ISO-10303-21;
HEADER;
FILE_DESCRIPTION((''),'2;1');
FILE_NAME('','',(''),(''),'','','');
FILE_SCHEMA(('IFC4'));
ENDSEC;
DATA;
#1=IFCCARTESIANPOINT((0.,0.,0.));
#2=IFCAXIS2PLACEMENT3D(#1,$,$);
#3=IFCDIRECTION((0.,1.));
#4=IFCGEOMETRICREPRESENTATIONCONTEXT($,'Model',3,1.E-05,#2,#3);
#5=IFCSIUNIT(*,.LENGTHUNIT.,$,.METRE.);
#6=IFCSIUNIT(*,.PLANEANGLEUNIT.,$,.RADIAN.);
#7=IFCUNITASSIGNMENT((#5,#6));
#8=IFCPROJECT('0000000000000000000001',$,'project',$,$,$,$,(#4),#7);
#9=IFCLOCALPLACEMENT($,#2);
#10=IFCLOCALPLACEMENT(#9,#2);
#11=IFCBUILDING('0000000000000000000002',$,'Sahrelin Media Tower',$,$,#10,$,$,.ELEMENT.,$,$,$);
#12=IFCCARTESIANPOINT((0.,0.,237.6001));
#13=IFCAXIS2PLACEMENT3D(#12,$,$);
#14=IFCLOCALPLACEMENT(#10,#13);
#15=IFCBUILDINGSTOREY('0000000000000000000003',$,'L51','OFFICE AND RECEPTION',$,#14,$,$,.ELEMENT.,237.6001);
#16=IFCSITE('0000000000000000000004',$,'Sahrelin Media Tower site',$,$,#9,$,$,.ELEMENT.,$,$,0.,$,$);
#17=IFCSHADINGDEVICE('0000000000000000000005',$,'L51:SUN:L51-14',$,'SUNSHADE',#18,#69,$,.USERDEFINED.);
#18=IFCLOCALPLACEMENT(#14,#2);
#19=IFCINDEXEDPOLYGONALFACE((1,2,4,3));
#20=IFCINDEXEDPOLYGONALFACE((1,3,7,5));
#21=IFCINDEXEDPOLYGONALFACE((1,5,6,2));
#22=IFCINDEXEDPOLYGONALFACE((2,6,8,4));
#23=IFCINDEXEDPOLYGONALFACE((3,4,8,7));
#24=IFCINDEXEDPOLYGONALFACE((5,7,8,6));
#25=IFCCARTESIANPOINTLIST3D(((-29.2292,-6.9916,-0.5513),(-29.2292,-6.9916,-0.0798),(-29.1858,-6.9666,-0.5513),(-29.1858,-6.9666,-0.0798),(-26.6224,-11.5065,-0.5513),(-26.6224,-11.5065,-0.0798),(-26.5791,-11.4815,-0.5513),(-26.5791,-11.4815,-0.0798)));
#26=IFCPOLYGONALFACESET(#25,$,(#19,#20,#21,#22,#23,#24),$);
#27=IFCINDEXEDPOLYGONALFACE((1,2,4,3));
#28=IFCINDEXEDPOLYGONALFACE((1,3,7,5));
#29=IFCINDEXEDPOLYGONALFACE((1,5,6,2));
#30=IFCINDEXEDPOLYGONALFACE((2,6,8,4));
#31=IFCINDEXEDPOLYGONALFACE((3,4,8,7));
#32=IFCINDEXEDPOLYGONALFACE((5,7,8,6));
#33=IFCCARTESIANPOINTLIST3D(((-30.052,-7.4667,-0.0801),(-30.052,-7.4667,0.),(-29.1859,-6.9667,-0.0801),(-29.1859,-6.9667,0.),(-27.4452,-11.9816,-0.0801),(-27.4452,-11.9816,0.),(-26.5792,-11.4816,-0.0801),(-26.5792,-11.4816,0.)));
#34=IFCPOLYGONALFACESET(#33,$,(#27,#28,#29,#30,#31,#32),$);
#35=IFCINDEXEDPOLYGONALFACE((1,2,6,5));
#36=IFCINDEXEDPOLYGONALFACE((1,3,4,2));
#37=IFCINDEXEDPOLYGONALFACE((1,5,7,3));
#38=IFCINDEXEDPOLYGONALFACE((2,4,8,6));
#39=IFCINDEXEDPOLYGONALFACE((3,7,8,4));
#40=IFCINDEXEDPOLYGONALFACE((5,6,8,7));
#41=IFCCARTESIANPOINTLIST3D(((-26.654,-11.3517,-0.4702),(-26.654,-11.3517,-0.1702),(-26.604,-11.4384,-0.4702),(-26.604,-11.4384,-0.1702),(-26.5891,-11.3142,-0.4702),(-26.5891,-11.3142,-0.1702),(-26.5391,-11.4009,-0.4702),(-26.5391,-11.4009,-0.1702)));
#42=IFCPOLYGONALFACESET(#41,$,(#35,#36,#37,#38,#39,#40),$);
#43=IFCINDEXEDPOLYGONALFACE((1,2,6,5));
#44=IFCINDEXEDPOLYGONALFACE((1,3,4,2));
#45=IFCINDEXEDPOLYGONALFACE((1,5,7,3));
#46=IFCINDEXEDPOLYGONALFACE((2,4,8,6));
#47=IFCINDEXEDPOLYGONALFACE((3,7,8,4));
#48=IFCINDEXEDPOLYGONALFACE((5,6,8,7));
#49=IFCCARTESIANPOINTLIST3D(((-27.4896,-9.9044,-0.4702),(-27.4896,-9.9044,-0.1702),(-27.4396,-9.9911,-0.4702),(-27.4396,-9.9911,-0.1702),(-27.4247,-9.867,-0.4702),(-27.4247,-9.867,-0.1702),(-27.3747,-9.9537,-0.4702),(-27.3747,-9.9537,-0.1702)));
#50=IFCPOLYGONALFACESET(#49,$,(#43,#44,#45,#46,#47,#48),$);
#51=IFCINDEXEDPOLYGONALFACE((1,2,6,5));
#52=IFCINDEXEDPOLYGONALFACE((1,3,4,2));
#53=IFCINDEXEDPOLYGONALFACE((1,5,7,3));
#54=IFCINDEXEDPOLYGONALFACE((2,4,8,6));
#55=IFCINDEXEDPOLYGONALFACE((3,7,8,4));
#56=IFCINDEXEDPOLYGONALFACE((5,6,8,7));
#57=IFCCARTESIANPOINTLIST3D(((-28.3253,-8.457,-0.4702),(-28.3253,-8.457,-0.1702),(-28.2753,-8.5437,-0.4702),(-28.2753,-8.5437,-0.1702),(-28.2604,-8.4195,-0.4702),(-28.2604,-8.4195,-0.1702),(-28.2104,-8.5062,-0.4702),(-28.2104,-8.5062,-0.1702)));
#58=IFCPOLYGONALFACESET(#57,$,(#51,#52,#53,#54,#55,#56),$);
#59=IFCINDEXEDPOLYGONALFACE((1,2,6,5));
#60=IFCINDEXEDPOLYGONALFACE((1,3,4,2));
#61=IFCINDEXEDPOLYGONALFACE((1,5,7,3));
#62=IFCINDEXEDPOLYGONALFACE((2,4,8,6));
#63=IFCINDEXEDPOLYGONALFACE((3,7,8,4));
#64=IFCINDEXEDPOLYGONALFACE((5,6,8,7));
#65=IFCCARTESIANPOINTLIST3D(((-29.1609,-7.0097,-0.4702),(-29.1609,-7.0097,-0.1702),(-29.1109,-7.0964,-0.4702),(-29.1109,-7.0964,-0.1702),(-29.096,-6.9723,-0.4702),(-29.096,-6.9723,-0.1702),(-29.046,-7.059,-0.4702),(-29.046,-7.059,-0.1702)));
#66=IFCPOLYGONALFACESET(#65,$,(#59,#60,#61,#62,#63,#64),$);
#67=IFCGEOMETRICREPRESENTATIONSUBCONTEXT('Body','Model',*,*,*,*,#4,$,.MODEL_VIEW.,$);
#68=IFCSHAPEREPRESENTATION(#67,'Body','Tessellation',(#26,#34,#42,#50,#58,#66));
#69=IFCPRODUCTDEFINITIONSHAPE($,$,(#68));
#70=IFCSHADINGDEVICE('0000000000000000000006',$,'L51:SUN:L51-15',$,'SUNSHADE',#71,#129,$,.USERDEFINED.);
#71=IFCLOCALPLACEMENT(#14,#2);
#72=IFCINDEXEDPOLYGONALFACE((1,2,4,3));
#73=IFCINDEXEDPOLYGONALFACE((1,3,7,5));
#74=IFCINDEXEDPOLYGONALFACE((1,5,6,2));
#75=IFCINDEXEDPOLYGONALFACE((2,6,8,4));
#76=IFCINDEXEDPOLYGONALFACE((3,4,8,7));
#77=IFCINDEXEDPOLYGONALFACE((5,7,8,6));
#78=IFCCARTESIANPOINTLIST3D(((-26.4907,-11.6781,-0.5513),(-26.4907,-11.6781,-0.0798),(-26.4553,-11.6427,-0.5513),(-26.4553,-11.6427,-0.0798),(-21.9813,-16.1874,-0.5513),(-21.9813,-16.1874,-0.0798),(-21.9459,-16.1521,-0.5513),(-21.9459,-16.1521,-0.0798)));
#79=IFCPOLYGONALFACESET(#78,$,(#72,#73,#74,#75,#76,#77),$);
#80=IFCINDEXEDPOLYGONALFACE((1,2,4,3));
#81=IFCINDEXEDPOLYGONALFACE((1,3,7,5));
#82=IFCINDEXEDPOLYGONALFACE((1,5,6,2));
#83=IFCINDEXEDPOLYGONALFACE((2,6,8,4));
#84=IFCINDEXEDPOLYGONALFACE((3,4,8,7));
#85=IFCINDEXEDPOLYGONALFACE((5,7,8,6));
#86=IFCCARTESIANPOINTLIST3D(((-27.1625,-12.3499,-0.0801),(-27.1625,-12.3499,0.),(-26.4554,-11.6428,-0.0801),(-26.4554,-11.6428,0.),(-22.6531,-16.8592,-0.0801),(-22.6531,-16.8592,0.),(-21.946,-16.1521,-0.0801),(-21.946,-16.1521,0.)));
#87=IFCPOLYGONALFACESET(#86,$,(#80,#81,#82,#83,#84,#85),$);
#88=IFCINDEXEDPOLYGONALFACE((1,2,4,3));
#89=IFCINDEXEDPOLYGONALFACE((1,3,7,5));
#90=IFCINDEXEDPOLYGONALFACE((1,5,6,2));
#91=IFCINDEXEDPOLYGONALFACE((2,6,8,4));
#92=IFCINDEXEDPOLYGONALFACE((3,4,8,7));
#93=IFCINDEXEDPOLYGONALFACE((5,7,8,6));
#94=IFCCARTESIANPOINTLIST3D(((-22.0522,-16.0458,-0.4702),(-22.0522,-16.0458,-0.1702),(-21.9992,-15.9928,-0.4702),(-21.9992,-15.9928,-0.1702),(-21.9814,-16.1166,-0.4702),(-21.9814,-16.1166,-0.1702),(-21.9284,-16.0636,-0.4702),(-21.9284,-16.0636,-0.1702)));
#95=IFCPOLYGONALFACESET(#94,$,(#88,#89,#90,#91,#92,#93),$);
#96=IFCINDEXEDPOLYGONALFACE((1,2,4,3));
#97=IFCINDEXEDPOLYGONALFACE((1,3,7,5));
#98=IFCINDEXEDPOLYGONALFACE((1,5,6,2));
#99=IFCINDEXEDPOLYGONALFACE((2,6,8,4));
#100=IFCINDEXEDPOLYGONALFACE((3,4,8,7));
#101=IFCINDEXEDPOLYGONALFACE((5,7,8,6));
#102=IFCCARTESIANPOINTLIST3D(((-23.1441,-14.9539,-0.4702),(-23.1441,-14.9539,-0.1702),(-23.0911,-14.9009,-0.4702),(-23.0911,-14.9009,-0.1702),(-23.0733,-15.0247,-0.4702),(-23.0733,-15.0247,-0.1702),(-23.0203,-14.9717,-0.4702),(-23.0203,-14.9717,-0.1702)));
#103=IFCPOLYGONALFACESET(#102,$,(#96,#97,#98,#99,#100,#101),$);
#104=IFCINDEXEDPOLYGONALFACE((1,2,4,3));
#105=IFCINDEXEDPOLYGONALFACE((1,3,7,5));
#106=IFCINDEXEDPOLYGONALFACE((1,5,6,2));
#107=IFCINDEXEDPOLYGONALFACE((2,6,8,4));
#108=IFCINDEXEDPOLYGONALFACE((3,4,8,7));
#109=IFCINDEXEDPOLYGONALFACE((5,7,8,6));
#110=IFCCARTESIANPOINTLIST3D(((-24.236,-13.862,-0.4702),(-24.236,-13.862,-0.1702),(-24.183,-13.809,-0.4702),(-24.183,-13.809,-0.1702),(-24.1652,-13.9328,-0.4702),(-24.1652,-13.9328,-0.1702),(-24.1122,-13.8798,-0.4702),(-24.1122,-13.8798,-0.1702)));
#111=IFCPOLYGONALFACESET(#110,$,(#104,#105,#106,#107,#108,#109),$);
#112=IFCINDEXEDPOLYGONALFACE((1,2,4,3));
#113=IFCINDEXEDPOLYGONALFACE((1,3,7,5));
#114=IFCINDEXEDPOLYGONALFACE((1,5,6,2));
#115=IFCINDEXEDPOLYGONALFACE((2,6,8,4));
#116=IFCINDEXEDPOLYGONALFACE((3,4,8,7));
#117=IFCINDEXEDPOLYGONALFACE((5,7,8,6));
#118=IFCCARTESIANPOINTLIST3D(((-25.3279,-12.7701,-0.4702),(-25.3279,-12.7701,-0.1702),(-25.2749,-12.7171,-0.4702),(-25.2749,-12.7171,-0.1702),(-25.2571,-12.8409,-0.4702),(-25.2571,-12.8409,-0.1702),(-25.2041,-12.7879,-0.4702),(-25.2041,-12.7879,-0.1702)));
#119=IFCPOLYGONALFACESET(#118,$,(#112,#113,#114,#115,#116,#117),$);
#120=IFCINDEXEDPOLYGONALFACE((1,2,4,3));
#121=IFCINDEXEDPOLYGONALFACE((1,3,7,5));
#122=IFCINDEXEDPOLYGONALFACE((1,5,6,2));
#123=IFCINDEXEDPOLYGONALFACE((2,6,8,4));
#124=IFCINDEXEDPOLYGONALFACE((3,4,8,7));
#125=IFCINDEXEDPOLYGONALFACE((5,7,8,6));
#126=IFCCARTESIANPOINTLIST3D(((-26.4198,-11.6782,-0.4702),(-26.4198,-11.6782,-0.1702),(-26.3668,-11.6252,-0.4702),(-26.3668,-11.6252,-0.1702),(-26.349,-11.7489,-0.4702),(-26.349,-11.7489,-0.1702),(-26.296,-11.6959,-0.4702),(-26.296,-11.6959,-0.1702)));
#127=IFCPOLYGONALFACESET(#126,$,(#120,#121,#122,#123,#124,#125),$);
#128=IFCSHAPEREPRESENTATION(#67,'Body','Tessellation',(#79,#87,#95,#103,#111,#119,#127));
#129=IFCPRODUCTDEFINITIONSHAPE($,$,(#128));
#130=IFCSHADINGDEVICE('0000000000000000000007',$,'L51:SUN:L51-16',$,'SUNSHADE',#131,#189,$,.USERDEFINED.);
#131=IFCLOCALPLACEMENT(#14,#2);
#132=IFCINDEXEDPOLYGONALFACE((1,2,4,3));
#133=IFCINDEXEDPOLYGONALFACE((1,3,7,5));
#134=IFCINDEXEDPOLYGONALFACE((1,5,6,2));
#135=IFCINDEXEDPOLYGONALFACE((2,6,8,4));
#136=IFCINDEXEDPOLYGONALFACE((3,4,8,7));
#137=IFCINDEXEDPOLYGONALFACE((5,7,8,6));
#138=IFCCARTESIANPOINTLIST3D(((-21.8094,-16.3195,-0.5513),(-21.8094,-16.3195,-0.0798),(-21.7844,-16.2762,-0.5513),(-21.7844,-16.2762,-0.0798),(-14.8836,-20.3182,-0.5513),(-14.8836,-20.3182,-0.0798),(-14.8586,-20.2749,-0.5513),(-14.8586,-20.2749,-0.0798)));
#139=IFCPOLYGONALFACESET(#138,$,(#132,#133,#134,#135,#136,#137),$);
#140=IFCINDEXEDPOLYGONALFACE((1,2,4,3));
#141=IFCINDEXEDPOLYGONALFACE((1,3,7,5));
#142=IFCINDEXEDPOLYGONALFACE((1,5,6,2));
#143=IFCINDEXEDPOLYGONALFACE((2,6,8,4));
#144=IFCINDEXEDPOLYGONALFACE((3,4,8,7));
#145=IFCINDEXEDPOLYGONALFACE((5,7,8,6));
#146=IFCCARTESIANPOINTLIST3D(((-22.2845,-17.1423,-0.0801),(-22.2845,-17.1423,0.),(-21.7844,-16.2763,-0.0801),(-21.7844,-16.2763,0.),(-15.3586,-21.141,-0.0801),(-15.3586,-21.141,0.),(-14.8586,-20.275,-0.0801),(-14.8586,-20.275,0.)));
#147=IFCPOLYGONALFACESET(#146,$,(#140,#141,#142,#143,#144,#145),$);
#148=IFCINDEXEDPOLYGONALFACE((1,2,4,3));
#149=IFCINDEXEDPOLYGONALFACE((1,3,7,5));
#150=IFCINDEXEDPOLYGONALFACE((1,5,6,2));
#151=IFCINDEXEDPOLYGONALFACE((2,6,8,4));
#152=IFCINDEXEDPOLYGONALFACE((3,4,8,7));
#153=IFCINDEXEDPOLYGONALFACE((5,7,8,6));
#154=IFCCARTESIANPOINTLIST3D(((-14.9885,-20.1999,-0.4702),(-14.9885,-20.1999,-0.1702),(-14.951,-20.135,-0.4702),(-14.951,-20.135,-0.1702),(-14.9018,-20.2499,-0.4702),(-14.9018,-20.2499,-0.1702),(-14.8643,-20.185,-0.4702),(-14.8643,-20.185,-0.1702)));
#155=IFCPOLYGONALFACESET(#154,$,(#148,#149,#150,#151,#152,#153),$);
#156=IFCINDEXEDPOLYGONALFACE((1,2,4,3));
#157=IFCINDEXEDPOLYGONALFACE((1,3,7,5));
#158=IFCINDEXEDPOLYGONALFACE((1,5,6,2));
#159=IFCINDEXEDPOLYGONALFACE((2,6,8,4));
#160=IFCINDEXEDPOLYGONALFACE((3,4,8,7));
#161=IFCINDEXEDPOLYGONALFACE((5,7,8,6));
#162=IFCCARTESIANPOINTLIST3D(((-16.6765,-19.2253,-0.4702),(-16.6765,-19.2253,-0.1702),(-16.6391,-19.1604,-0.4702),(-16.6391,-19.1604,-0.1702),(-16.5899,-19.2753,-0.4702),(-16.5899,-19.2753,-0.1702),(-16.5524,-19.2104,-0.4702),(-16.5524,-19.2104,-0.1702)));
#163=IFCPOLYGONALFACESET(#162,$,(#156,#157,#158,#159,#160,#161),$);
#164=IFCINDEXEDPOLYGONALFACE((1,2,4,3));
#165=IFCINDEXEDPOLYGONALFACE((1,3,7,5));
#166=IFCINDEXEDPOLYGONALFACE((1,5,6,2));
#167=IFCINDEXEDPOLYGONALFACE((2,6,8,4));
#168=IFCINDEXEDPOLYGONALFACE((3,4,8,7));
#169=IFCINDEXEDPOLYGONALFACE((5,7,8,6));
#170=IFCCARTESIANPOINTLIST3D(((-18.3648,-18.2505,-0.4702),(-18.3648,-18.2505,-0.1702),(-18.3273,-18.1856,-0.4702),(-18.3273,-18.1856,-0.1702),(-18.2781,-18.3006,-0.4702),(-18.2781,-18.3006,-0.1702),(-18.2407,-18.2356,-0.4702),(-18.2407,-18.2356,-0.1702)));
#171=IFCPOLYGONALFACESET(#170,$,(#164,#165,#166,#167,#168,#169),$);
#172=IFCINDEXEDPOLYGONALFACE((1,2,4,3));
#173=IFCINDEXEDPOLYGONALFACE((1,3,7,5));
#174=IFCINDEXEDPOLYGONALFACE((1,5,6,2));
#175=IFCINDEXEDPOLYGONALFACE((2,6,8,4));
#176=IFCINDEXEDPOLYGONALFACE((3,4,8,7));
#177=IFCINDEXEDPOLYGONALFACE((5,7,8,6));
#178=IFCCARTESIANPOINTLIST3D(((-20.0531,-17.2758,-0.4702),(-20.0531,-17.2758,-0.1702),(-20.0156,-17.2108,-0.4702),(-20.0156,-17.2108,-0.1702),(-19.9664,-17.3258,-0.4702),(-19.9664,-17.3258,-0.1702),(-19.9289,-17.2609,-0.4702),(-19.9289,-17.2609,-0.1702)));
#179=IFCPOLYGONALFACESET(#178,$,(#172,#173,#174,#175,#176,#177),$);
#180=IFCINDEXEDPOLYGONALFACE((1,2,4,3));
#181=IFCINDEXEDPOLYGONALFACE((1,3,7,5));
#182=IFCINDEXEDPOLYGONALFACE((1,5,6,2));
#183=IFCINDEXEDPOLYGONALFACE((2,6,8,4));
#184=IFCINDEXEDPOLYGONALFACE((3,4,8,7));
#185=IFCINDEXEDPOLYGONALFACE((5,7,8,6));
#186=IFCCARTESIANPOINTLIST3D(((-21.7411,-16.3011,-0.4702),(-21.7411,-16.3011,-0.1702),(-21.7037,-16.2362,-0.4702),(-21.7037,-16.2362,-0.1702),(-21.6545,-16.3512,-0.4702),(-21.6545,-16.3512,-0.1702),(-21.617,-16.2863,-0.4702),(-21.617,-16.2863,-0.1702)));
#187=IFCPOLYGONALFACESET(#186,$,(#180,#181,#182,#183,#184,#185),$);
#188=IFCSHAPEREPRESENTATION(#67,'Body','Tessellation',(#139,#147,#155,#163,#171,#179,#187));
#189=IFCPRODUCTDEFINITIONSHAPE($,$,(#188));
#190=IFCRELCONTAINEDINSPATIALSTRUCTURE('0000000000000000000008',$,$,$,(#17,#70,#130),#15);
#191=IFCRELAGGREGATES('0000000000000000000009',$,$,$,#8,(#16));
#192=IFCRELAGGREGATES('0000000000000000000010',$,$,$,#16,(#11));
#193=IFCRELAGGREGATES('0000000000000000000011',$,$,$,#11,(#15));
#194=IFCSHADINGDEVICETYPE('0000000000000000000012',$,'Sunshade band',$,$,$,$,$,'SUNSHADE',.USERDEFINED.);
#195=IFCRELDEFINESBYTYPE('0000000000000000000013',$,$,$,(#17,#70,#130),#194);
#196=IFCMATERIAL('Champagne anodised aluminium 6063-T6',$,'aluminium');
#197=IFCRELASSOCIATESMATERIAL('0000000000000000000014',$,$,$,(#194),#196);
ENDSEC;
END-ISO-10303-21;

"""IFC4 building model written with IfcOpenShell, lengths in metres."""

from ifc_helpers import new_model, si_unit, direction, frame, origin, origin_2d, place, context, subcontext, project, spatial, rectangle, extrude, material, type_object, element, save


model = new_model("IFC4")

# Units and contexts
model_context = context("Model", 3, precision=1e-05, world=origin(), true_north=direction((0.0, 1.0)))
body_context = subcontext(model_context, "Body", "Model", "MODEL_VIEW")
ifc_project = project(units=[si_unit("LENGTHUNIT", "METRE"), si_unit("PLANEANGLEUNIT", "RADIAN")], contexts=[model_context])

# Site, building, storey
site_placement = place(None, origin())
site = spatial("IfcSite", under=ifc_project, at=site_placement, Name="Sahrelin Media Tower site", CompositionType="ELEMENT", RefElevation=0.0)
building_placement = place(site_placement, origin())
building = spatial("IfcBuilding", under=site, at=building_placement, Name="Sahrelin Media Tower", CompositionType="ELEMENT")
storey_placement = place(building_placement, frame((0.0, 0.0, 237.6001)))
storey = spatial("IfcBuildingStorey", under=building, at=storey_placement, Name="L51", Description="OFFICE AND RECEPTION", CompositionType="ELEMENT", Elevation=237.6001)

# Shared definitions
ifc_material_1 = material(Name="Champagne anodised aluminium 6063-T6", Category="aluminium")

# Shading devices
placement_1 = place(storey_placement, frame((-27.8652, -9.2141, 0.0), z_axis=(0.0, 0.0, 1.0), x_axis=(-0.500011, 0.866019, 0.0)))
placement_2 = place(storey_placement, frame((-24.1865, -13.8833, 0.0), z_axis=(0.0, 0.0, 1.0), x_axis=(-0.707107, 0.707107, 0.0)))
shading_device_type_1 = type_object("IfcShadingDeviceType", Name="Sunshade band", ElementType="SUNSHADE", PredefinedType="USERDEFINED", material=ifc_material_1)
element("IfcShadingDevice", 1, at=placement_1, inside=storey, type_object=shading_device_type_1, Name="L51:SUN:L51-14", ObjectType="SUNSHADE", PredefinedType="USERDEFINED", context=body_context, shape_type="SweptSolid", body=[
    extrude(rectangle(XDim=5.2134, YDim=0.05, at=origin_2d()), frame((0.0, 0.0449, -0.5513)), (0.0, 0.0, 1.0), 0.4714),
    extrude(rectangle(XDim=5.2134, YDim=1.0, at=origin_2d()), frame((0.0, 0.52, -0.0801)), (0.0, 0.0, 1.0), 0.0801),
    extrude(rectangle(XDim=0.1001, YDim=0.075, at=origin_2d()), frame((-2.5068, -0.0176, -0.4702)), (0.0, 0.0, 1.0), 0.3),
    extrude(rectangle(XDim=0.1001, YDim=0.075, at=origin_2d()), frame((-0.8357, -0.0176, -0.4702)), (0.0, 0.0, 1.0), 0.3),
    extrude(rectangle(XDim=0.1001, YDim=0.075, at=origin_2d()), frame((0.8357, -0.0176, -0.4702)), (0.0, 0.0, 1.0), 0.3),
    extrude(rectangle(XDim=0.1001, YDim=0.075, at=origin_2d()), frame((2.5068, -0.0176, -0.4702)), (0.0, 0.0, 1.0), 0.3),
])
element("IfcShadingDevice", 2, at=placement_2, inside=storey, type_object=shading_device_type_1, Name="L51:SUN:L51-15", ObjectType="SUNSHADE", PredefinedType="USERDEFINED", context=body_context, shape_type="SweptSolid", body=[
    extrude(rectangle(XDim=6.3772, YDim=0.05, at=origin_2d()), frame((0.0, 0.0449, -0.5513)), (0.0, 0.0, 1.0), 0.4714),
    extrude(rectangle(XDim=6.3772, YDim=1.0, at=origin_2d()), frame((0.0, 0.52, -0.0801)), (0.0, 0.0, 1.0), 0.0801),
    extrude(rectangle(XDim=0.1001, YDim=0.075, at=origin_2d()), frame((-3.0884, -0.0176, -0.4702)), (0.0, 0.0, 1.0), 0.3),
    extrude(rectangle(XDim=0.1001, YDim=0.075, at=origin_2d()), frame((-1.5442, -0.0176, -0.4702)), (0.0, 0.0, 1.0), 0.3),
    extrude(rectangle(XDim=0.1001, YDim=0.075, at=origin_2d()), frame((0.0, -0.0176, -0.4702)), (0.0, 0.0, 1.0), 0.3),
    extrude(rectangle(XDim=0.1001, YDim=0.075, at=origin_2d()), frame((1.5442, -0.0176, -0.4702)), (0.0, 0.0, 1.0), 0.3),
    extrude(rectangle(XDim=0.1001, YDim=0.075, at=origin_2d()), frame((3.0884, -0.0176, -0.4702)), (0.0, 0.0, 1.0), 0.3),
])
shading_device_1_placement = place(storey_placement, frame((-18.3115, -18.2583, 0.0), z_axis=(0.0, 0.0, 1.0), x_axis=(-0.866019, 0.500011, 0.0)))
element("IfcShadingDevice", 3, at=shading_device_1_placement, inside=storey, type_object=shading_device_type_1, Name="L51:SUN:L51-16", ObjectType="SUNSHADE", PredefinedType="USERDEFINED", context=body_context, shape_type="SweptSolid", body=[
    extrude(rectangle(XDim=7.9973, YDim=0.05, at=origin_2d()), frame((0.0, 0.0449, -0.5513)), (0.0, 0.0, 1.0), 0.4714),
    extrude(rectangle(XDim=7.9973, YDim=1.0, at=origin_2d()), frame((0.0, 0.52, -0.0801)), (0.0, 0.0, 1.0), 0.0801),
    extrude(rectangle(XDim=0.1001, YDim=0.075, at=origin_2d()), frame((-3.8987, -0.0176, -0.4702)), (0.0, 0.0, 1.0), 0.3),
    extrude(rectangle(XDim=0.1001, YDim=0.075, at=origin_2d()), frame((-1.9495, -0.0176, -0.4702)), (0.0, 0.0, 1.0), 0.3),
    extrude(rectangle(XDim=0.1001, YDim=0.075, at=origin_2d()), frame((0.0, -0.0176, -0.4702)), (0.0, 0.0, 1.0), 0.3),
    extrude(rectangle(XDim=0.1001, YDim=0.075, at=origin_2d()), frame((1.9495, -0.0176, -0.4702)), (0.0, 0.0, 1.0), 0.3),
    extrude(rectangle(XDim=0.1001, YDim=0.075, at=origin_2d()), frame((3.8987, -0.0176, -0.4702)), (0.0, 0.0, 1.0), 0.3),
])

save(model, "model.ifc")
